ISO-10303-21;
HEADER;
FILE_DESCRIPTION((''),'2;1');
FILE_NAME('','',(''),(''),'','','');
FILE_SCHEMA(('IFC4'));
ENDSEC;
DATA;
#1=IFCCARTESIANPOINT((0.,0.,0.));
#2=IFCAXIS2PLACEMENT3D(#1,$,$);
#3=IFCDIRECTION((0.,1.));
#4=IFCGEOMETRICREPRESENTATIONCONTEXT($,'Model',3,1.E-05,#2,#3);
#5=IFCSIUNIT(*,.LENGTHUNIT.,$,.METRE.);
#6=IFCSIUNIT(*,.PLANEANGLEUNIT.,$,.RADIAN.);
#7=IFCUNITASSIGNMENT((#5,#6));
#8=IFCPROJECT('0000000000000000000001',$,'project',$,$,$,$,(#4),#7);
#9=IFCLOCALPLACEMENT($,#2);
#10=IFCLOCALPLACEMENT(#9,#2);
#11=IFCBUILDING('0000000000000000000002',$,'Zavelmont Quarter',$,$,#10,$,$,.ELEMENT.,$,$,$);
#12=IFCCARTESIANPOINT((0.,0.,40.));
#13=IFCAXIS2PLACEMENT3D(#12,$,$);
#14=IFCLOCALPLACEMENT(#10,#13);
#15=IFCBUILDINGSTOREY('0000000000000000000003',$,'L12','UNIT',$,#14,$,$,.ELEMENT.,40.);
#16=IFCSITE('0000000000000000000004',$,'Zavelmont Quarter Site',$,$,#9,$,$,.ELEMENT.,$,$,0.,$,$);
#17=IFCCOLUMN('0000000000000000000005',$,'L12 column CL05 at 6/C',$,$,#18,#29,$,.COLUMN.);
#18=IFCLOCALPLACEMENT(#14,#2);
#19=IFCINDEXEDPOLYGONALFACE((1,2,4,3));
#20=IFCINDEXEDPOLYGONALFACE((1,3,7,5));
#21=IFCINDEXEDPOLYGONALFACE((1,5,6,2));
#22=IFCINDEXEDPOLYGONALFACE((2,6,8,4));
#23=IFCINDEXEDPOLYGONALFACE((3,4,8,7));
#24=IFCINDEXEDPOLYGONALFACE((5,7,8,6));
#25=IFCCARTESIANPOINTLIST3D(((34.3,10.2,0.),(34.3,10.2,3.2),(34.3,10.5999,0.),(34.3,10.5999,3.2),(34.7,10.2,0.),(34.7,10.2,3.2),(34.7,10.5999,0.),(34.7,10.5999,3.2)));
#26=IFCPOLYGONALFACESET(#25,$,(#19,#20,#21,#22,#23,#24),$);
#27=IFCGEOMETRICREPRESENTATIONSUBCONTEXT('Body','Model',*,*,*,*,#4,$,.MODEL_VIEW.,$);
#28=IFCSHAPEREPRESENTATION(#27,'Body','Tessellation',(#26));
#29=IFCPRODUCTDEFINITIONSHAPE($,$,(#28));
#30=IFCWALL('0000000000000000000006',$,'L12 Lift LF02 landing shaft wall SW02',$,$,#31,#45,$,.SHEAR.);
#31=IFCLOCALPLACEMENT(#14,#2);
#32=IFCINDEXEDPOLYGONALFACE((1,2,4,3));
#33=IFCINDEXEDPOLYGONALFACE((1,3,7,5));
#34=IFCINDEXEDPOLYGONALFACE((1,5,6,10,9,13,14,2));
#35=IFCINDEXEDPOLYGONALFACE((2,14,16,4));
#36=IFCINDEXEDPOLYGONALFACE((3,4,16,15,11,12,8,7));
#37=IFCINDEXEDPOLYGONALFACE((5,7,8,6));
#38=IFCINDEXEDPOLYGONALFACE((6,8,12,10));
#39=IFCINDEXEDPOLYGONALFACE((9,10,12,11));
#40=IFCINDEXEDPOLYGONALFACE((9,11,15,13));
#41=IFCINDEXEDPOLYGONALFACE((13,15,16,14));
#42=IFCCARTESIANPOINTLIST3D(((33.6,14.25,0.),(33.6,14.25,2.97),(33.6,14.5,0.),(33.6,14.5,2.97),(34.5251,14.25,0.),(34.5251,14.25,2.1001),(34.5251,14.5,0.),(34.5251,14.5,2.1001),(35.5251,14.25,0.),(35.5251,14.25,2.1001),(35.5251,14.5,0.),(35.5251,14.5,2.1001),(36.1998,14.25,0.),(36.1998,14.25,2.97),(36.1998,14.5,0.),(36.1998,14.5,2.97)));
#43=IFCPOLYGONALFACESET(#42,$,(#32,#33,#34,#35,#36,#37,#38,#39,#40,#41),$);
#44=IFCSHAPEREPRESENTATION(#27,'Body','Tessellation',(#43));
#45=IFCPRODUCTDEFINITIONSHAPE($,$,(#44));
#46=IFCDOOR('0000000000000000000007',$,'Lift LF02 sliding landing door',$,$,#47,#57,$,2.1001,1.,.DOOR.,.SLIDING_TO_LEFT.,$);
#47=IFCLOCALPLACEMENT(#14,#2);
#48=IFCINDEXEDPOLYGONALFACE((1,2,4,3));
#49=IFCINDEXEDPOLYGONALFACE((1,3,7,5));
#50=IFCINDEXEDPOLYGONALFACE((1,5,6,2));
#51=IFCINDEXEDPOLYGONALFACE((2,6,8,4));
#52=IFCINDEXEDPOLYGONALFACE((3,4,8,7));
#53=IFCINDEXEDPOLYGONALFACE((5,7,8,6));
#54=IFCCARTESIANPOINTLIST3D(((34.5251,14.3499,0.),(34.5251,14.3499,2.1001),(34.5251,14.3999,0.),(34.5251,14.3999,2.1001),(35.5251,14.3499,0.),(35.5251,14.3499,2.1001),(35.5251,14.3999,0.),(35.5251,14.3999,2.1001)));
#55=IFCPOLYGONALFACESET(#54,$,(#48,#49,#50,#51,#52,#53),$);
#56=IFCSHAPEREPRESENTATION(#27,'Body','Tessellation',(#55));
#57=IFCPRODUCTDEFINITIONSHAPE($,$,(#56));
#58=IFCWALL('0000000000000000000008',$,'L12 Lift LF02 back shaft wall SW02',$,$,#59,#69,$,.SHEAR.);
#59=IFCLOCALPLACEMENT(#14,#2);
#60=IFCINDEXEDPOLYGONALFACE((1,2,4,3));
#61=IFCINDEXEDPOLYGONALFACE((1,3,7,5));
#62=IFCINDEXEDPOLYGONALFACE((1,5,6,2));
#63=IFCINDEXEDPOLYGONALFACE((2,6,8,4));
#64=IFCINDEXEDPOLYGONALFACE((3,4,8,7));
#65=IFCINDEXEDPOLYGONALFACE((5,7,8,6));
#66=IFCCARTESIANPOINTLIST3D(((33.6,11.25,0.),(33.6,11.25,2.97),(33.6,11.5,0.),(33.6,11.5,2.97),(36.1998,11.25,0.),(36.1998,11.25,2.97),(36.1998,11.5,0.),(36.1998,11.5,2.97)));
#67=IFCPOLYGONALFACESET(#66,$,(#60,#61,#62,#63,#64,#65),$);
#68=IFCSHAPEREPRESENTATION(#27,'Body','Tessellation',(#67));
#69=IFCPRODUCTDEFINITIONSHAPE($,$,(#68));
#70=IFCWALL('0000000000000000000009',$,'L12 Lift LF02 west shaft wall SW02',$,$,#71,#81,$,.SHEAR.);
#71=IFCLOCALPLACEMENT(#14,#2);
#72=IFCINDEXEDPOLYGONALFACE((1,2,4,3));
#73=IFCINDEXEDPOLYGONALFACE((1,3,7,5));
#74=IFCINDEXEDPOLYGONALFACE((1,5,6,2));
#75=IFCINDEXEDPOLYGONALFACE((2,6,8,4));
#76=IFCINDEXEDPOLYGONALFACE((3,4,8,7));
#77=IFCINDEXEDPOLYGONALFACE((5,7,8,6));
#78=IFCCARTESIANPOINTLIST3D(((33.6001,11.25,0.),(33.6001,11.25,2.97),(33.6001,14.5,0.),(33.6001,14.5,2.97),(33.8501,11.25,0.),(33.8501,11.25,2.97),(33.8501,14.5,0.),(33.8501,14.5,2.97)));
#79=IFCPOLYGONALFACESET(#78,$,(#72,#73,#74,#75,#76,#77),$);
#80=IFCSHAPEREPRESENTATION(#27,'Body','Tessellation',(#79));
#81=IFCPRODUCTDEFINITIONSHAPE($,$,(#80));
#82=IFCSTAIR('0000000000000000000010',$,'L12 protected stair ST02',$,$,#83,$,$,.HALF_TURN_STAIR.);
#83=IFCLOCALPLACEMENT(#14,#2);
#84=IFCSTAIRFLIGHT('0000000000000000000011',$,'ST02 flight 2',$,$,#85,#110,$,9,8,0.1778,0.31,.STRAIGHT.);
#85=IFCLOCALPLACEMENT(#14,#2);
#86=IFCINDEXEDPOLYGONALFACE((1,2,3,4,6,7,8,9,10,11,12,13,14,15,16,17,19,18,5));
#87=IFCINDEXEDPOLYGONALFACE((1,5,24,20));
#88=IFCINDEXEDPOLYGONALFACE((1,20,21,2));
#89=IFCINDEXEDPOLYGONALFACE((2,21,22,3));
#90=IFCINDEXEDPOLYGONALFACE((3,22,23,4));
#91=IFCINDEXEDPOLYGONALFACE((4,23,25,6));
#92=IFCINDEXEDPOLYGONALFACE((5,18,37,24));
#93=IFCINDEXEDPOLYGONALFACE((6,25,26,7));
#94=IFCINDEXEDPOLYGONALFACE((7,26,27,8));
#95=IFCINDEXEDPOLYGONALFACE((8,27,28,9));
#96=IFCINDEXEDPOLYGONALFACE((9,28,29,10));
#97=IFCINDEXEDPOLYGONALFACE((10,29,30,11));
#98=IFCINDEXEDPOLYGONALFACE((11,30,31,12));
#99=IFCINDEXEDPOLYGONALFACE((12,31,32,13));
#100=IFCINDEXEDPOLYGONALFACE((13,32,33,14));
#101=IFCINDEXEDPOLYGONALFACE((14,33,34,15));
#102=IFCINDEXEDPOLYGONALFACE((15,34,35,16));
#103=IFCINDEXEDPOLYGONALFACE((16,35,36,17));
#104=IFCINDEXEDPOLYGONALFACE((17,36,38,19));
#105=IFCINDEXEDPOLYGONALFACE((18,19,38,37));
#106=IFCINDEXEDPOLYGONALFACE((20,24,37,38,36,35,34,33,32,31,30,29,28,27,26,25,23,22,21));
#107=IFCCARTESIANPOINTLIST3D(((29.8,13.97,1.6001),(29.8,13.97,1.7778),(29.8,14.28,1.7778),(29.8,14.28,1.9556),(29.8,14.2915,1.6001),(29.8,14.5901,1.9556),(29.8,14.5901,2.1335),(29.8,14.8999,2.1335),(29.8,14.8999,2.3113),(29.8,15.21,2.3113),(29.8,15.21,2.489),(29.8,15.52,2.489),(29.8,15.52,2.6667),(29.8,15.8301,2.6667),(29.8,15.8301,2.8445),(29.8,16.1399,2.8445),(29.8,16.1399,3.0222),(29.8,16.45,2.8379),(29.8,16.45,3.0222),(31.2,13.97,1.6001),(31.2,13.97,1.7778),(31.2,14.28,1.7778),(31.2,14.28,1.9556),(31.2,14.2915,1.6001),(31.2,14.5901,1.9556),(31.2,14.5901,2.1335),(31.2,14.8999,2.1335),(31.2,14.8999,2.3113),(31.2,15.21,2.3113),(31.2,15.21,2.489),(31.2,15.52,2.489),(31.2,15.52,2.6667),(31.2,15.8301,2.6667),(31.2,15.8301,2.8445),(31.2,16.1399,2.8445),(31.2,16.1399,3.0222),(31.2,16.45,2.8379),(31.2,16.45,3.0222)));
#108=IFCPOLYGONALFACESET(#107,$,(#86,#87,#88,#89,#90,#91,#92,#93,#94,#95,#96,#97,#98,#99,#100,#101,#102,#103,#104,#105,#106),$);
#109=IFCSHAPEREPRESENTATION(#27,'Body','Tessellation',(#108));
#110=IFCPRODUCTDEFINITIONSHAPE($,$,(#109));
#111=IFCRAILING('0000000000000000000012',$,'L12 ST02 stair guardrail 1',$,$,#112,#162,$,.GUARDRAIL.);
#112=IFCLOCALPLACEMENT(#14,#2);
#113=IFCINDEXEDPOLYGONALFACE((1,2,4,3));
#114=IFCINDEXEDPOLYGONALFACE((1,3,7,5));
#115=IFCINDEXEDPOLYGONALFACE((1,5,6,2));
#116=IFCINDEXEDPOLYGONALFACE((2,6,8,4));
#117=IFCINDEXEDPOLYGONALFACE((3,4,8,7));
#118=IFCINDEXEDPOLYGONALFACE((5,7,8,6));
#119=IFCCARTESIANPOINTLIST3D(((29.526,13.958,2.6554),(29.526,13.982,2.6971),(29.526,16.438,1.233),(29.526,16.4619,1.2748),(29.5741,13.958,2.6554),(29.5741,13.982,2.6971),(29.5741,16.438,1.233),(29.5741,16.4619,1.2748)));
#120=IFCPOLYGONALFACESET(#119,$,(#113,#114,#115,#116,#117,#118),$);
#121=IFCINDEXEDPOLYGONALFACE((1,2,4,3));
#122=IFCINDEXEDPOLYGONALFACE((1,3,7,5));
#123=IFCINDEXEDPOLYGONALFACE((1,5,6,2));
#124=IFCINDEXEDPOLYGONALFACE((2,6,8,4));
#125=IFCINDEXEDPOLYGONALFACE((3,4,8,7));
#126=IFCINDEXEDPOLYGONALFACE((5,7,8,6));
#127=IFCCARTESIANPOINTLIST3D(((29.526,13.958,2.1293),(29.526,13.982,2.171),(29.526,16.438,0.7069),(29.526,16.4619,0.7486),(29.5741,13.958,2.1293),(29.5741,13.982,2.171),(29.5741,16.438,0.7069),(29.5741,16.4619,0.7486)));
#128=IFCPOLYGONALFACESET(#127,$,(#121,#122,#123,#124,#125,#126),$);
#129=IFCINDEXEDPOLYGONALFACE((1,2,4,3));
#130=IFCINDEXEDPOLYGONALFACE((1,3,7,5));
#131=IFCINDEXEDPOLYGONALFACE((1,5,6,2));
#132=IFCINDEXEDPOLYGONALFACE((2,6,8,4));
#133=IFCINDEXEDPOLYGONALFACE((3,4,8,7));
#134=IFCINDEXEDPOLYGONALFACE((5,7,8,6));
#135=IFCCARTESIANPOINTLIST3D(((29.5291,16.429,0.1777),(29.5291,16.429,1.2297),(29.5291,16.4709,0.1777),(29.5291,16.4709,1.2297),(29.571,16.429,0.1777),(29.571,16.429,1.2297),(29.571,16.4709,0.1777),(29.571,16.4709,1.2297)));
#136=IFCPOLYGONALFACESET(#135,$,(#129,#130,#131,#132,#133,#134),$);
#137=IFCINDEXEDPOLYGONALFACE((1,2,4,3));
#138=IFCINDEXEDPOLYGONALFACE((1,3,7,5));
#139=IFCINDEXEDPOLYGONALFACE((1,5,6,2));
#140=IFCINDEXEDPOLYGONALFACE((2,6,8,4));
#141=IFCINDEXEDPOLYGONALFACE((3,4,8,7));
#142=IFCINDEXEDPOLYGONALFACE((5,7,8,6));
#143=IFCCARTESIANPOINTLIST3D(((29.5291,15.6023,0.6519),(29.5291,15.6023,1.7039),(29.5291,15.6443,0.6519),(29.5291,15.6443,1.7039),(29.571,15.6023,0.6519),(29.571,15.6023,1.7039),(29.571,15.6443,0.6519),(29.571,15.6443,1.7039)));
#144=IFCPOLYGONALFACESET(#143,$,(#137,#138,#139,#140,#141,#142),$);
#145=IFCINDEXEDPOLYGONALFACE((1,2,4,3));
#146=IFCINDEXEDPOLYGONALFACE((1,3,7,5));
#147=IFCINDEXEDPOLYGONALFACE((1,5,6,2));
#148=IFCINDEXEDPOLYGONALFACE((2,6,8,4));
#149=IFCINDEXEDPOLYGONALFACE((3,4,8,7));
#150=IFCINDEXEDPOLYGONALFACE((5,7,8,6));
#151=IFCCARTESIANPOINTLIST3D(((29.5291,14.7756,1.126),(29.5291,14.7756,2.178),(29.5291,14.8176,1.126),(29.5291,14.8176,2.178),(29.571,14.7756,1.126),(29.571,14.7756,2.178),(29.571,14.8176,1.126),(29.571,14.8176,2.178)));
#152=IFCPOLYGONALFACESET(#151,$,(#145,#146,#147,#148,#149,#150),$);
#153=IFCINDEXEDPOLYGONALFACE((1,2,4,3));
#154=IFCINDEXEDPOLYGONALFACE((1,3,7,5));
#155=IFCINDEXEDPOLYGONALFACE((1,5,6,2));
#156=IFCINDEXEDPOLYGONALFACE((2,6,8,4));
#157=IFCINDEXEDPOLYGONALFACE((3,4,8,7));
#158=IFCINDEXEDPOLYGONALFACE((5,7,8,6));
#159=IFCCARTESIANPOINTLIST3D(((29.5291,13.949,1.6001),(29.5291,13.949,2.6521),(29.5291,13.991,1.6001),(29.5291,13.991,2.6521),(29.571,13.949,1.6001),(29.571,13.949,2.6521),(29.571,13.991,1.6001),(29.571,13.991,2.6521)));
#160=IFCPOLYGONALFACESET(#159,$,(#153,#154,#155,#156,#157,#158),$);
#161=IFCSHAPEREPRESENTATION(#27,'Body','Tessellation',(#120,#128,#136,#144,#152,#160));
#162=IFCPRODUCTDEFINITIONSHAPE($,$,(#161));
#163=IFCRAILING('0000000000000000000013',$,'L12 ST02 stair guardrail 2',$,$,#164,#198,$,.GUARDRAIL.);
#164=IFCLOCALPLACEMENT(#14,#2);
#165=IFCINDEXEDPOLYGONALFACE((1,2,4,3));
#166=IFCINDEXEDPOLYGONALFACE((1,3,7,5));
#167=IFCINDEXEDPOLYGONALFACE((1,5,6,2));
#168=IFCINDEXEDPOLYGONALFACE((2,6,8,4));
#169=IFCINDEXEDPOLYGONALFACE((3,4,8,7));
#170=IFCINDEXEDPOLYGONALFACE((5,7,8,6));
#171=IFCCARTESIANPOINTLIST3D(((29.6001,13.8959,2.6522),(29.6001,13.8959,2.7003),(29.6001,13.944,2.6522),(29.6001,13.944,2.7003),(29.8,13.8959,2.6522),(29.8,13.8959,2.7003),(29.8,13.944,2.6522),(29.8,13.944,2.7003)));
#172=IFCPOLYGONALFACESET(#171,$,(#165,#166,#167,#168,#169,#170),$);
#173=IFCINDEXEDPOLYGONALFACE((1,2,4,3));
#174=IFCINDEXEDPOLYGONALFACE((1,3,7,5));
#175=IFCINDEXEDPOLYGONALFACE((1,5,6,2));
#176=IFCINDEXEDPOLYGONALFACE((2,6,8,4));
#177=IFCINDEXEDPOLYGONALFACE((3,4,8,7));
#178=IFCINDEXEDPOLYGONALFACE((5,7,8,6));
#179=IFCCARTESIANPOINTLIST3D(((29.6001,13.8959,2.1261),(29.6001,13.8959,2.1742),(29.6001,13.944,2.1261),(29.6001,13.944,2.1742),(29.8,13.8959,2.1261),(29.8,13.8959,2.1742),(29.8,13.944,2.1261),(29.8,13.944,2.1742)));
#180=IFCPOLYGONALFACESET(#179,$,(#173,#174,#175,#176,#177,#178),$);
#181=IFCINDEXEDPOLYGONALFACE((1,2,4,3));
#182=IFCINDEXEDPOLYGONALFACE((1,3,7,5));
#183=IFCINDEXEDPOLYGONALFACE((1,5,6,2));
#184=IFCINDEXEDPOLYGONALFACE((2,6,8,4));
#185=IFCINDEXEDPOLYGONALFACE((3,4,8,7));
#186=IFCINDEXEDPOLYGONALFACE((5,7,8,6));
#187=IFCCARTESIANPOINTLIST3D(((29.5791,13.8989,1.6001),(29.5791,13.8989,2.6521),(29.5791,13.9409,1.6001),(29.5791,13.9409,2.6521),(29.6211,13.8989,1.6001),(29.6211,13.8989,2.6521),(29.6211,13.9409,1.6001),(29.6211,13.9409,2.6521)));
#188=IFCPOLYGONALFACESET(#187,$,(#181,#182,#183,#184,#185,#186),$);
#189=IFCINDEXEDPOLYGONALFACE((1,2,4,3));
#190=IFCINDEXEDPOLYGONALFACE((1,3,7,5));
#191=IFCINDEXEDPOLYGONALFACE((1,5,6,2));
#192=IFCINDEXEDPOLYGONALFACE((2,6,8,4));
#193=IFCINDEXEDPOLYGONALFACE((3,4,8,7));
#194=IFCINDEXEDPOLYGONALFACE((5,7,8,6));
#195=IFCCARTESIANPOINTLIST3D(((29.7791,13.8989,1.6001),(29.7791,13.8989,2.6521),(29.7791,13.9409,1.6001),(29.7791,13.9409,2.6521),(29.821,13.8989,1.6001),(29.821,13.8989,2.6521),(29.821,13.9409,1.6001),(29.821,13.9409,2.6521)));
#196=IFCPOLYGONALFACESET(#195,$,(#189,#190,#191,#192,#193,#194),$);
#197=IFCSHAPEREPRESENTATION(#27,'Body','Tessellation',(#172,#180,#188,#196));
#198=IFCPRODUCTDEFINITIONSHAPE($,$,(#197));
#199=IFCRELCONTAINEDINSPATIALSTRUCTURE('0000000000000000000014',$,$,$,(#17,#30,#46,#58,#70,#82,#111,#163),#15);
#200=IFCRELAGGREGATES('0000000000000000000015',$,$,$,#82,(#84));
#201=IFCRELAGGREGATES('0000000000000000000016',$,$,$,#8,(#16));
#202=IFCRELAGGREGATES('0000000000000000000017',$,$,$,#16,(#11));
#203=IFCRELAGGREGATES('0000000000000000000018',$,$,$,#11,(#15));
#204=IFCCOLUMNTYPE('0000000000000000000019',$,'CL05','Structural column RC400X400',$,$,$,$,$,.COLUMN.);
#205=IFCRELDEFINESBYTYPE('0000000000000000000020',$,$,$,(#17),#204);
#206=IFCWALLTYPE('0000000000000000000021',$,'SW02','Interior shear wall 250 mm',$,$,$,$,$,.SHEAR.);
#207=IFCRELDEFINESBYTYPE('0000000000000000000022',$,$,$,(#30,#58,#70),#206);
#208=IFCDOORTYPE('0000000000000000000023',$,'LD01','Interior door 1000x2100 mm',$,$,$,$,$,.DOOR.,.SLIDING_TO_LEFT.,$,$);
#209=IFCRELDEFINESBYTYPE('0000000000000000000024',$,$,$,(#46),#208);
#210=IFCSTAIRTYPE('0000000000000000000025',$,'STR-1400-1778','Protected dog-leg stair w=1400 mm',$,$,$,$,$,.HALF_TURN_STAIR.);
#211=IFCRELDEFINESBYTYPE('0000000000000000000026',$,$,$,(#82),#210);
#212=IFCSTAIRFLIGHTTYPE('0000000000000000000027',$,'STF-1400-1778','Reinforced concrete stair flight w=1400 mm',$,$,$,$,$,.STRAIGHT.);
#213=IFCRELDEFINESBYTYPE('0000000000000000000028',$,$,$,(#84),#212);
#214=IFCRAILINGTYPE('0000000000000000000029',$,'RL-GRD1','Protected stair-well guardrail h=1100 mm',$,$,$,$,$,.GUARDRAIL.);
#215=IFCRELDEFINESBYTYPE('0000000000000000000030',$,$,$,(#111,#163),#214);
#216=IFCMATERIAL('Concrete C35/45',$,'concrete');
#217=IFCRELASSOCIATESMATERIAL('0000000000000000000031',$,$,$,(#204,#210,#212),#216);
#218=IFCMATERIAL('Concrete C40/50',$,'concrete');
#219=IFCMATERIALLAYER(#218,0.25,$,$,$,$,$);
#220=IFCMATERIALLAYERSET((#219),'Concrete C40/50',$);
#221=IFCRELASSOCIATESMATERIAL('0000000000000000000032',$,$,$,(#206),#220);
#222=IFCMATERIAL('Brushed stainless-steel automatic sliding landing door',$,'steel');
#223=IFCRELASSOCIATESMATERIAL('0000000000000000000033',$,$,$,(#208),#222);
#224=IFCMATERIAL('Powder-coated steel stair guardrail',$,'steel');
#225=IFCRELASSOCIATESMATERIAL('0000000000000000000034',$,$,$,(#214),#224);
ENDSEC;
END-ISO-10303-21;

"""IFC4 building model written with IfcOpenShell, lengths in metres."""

from ifc_helpers import new_model, si_unit, direction, frame, frame_2d, origin, origin_with_axes, origin_2d, place, context, subcontext, project, spatial, polyline, rectangle, outline, extrude, material, layer, layer_set, material_profile, profile_set, type_object, element, fill, aggregate, save


model = new_model("IFC4")

# Units and contexts
model_context = context("Model", 3, precision=1e-05, world=origin(), true_north=direction((0.0, 1.0)))
body_context = subcontext(model_context, "Body", "Model", "MODEL_VIEW")
ifc_project = project(units=[si_unit("LENGTHUNIT", "METRE"), si_unit("PLANEANGLEUNIT", "RADIAN")], contexts=[model_context])

# Site, building, storey
site_placement = place(None, origin())
site = spatial("IfcSite", under=ifc_project, at=site_placement, Name="Zavelmont Quarter Site", CompositionType="ELEMENT", RefElevation=0.0)
building_placement = place(site_placement, origin())
building = spatial("IfcBuilding", under=site, at=building_placement, Name="Zavelmont Quarter", CompositionType="ELEMENT")
storey_placement = place(building_placement, frame((0.0, 0.0, 40.0)))
storey = spatial("IfcBuildingStorey", under=building, at=storey_placement, Name="L12", Description="UNIT", CompositionType="ELEMENT", Elevation=40.0)

# Column
ifc_material_1 = material(Name="Concrete C35/45", Category="concrete")
ifc_material_profile = material_profile(ifc_material_1, rectangle(XDim=0.3999, YDim=0.3999, at=origin_2d()), Name="RC400X400")
ifc_profile_set = profile_set([ifc_material_profile], Name="Concrete C35/45")
column_type = type_object("IfcColumnType", Name="CL05", Description="Structural column RC400X400", PredefinedType="COLUMN", material=ifc_profile_set)
column_placement = place(storey_placement, frame((34.5, 10.3999, 0.0), z_axis=(0.0, 0.0, 1.0), x_axis=(1.0, 0.0, 0.0)))
element("IfcColumn", 1, at=column_placement, inside=storey, type_object=column_type, Name="L12 column CL05 at 6/C", PredefinedType="COLUMN", context=body_context, shape_type="SweptSolid", body=[
    extrude(rectangle(XDim=0.3999, YDim=0.3999, at=origin_2d()), origin(), (0.0, 0.0, 1.0), 3.2),
])

# Wall, opening, door
ifc_material_2 = material(Name="Concrete C40/50", Category="concrete")
ifc_layer_1 = layer(ifc_material_2, 0.25)
ifc_layer_set_1 = layer_set([ifc_layer_1], Name="Concrete C40/50")
wall_type_1 = type_object("IfcWallType", Name="SW02", Description="Interior shear wall 250 mm", PredefinedType="SHEAR", material=ifc_layer_set_1)
wall_1_placement = place(storey_placement, frame((33.6001, 14.375, 0.0), z_axis=(0.0, 0.0, 1.0), x_axis=(1.0, 0.0, 0.0)))
wall_1 = element("IfcWall", 2, at=wall_1_placement, inside=storey, type_object=wall_type_1, Name="L12 Lift LF02 landing shaft wall SW02", PredefinedType="SHEAR", context=body_context, shape_type="SweptSolid", body=[
    extrude(rectangle(XDim=2.5999, YDim=0.25, at=frame_2d((1.2998, 0.0))), origin(), (0.0, 0.0, 1.0), 2.97),
])
opening_1_placement = place(wall_1_placement, frame((0.925, 0.0, 0.0)))
opening_1 = element("IfcOpeningElement", 3, at=opening_1_placement, cuts=wall_1, PredefinedType="OPENING", context=body_context, shape_type="SweptSolid", body=[
    extrude(rectangle(XDim=1.0, YDim=2.1001, at=frame_2d((0.5, 1.05))), frame((0.0, 0.137, 0.0), z_axis=(0.0, -1.0, 0.0), x_axis=(1.0, 0.0, 0.0)), (0.0, 0.0, 1.0), 0.2739),
])
ifc_material_3 = material(Name="Brushed stainless-steel automatic sliding landing door", Category="steel")
door_type_1 = type_object("IfcDoorType", Name="LD01", Description="Interior door 1000x2100 mm", OperationType="SLIDING_TO_LEFT", PredefinedType="DOOR", material=ifc_material_3)
door_1_placement = place(opening_1_placement, origin_with_axes())
door_1 = element("IfcDoor", 4, at=door_1_placement, inside=storey, type_object=door_type_1, Name="Lift LF02 sliding landing door", OperationType="SLIDING_TO_LEFT", OverallHeight=2.1001, OverallWidth=1.0, PredefinedType="DOOR", context=body_context, shape_type="SweptSolid", body=[
    extrude(rectangle(XDim=1.0, YDim=2.1001, at=frame_2d((0.5, 1.05))), frame((0.0, 0.0249, 0.0), z_axis=(0.0, -1.0, 0.0), x_axis=(1.0, 0.0, 0.0)), (0.0, 0.0, 1.0), 0.05),
])
fill(opening_1, door_1)

# Walls
wall_2_placement = place(storey_placement, frame((33.6001, 11.375, 0.0), z_axis=(0.0, 0.0, 1.0), x_axis=(1.0, 0.0, 0.0)))
element("IfcWall", 5, at=wall_2_placement, inside=storey, type_object=wall_type_1, Name="L12 Lift LF02 back shaft wall SW02", PredefinedType="SHEAR", context=body_context, shape_type="SweptSolid", body=[
    extrude(rectangle(XDim=2.5999, YDim=0.25, at=frame_2d((1.2998, 0.0))), origin(), (0.0, 0.0, 1.0), 2.97),
])
wall_3_placement = place(storey_placement, frame((33.7251, 11.25, 0.0), z_axis=(0.0, 0.0, 1.0), x_axis=(0.0, 1.0, 0.0)))
element("IfcWall", 6, at=wall_3_placement, inside=storey, type_object=wall_type_1, Name="L12 Lift LF02 west shaft wall SW02", PredefinedType="SHEAR", context=body_context, shape_type="SweptSolid", body=[
    extrude(rectangle(XDim=3.25, YDim=0.25, at=frame_2d((1.625, 0.0))), origin(), (0.0, 0.0, 1.0), 2.97),
])

# Stair, stair flight
stair_type = type_object("IfcStairType", Name="STR-1400-1778", Description="Protected dog-leg stair w=1400 mm", PredefinedType="HALF_TURN_STAIR", material=ifc_material_1)
stair_placement = place(storey_placement, origin())
stair = element("IfcStair", 7, at=stair_placement, inside=storey, type_object=stair_type, Name="L12 protected stair ST02", PredefinedType="HALF_TURN_STAIR")
stair_flight_type = type_object("IfcStairFlightType", Name="STF-1400-1778", Description="Reinforced concrete stair flight w=1400 mm", PredefinedType="STRAIGHT", material=ifc_material_1)
stair_flight_placement = place(storey_placement, frame((30.5, 13.97, 1.6001), z_axis=(0.0, 0.0, 1.0), x_axis=(0.0, 1.0, 0.0)))
stair_flight = element("IfcStairFlight", 8, at=stair_flight_placement, type_object=stair_flight_type, Name="ST02 flight 2", NumberOfRisers=9, NumberOfTreads=8, PredefinedType="STRAIGHT", RiserHeight=0.1778, TreadLength=0.31, context=body_context, shape_type="SweptSolid", body=[
    extrude(outline(polyline([(0.0, 0.0), (0.0, 0.1777), (0.3101, 0.1777), (0.3101, 0.3555), (0.6201, 0.3555), (0.6201, 0.5334), (0.9299, 0.5334), (0.9299, 0.7112), (1.24, 0.7112), (1.24, 0.8889), (1.55, 0.8889), (1.55, 1.0667), (1.8601, 1.0667), (1.8601, 1.2444), (2.1699, 1.2444), (2.1699, 1.4221), (2.48, 1.4221), (2.48, 1.6001), (2.48, 1.2378), (0.3215, 0.0), (0.0, 0.0)])), frame((0.0, 0.7, 0.0), z_axis=(0.0, -1.0, 0.0), x_axis=(1.0, 0.0, 0.0)), (0.0, 0.0, 1.0), 1.3999),
])
aggregate(stair, [stair_flight])

# Railings
ifc_material_4 = material(Name="Powder-coated steel stair guardrail", Category="steel")
railing_type_1 = type_object("IfcRailingType", Name="RL-GRD1", Description="Protected stair-well guardrail h=1100 mm", PredefinedType="GUARDRAIL", material=ifc_material_4)
railing_1_placement = place(storey_placement, frame((29.55, 16.45, 0.1777)))
element("IfcRailing", 9, at=railing_1_placement, inside=storey, type_object=railing_type_1, Name="L12 ST02 stair guardrail 1", PredefinedType="GUARDRAIL", context=body_context, shape_type="SweptSolid", body=[
    extrude(rectangle(XDim=0.0481, YDim=0.0481, at=origin_2d()), frame((0.0, 0.0, 1.0762), z_axis=(0.0, -0.867454, 0.497518), x_axis=(1.0, 0.0, 0.0)), (0.0, 0.0, 1.0), 2.8589),
    extrude(rectangle(XDim=0.0481, YDim=0.0481, at=origin_2d()), frame((0.0, 0.0, 0.55), z_axis=(0.0, -0.867454, 0.497518), x_axis=(1.0, 0.0, 0.0)), (0.0, 0.0, 1.0), 2.8589),
    extrude(rectangle(XDim=0.042, YDim=0.042, at=origin_2d()), origin(), (0.0, 0.0, 1.0), 1.052),
    extrude(rectangle(XDim=0.042, YDim=0.042, at=origin_2d()), frame((0.0, -0.8267, 0.4741)), (0.0, 0.0, 1.0), 1.052),
    extrude(rectangle(XDim=0.042, YDim=0.042, at=origin_2d()), frame((0.0, -1.6533, 0.9482)), (0.0, 0.0, 1.0), 1.052),
    extrude(rectangle(XDim=0.042, YDim=0.042, at=origin_2d()), frame((0.0, -2.48, 1.4224)), (0.0, 0.0, 1.0), 1.052),
])
railing_2_placement = place(storey_placement, frame((29.6001, 13.9199, 1.6001)))
element("IfcRailing", 10, at=railing_2_placement, inside=storey, type_object=railing_type_1, Name="L12 ST02 stair guardrail 2", PredefinedType="GUARDRAIL", context=body_context, shape_type="SweptSolid", body=[
    extrude(rectangle(XDim=0.0481, YDim=0.0481, at=origin_2d()), frame((0.0, 0.0, 1.0762), z_axis=(1.0, 0.0, 0.0), x_axis=(0.0, 1.0, 0.0)), (0.0, 0.0, 1.0), 0.2),
    extrude(rectangle(XDim=0.0481, YDim=0.0481, at=origin_2d()), frame((0.0, 0.0, 0.55), z_axis=(1.0, 0.0, 0.0), x_axis=(0.0, 1.0, 0.0)), (0.0, 0.0, 1.0), 0.2),
    extrude(rectangle(XDim=0.042, YDim=0.042, at=origin_2d()), origin(), (0.0, 0.0, 1.0), 1.052),
    extrude(rectangle(XDim=0.042, YDim=0.042, at=origin_2d()), frame((0.2, 0.0, 0.0)), (0.0, 0.0, 1.0), 1.052),
])

save(model, "model.ifc")
